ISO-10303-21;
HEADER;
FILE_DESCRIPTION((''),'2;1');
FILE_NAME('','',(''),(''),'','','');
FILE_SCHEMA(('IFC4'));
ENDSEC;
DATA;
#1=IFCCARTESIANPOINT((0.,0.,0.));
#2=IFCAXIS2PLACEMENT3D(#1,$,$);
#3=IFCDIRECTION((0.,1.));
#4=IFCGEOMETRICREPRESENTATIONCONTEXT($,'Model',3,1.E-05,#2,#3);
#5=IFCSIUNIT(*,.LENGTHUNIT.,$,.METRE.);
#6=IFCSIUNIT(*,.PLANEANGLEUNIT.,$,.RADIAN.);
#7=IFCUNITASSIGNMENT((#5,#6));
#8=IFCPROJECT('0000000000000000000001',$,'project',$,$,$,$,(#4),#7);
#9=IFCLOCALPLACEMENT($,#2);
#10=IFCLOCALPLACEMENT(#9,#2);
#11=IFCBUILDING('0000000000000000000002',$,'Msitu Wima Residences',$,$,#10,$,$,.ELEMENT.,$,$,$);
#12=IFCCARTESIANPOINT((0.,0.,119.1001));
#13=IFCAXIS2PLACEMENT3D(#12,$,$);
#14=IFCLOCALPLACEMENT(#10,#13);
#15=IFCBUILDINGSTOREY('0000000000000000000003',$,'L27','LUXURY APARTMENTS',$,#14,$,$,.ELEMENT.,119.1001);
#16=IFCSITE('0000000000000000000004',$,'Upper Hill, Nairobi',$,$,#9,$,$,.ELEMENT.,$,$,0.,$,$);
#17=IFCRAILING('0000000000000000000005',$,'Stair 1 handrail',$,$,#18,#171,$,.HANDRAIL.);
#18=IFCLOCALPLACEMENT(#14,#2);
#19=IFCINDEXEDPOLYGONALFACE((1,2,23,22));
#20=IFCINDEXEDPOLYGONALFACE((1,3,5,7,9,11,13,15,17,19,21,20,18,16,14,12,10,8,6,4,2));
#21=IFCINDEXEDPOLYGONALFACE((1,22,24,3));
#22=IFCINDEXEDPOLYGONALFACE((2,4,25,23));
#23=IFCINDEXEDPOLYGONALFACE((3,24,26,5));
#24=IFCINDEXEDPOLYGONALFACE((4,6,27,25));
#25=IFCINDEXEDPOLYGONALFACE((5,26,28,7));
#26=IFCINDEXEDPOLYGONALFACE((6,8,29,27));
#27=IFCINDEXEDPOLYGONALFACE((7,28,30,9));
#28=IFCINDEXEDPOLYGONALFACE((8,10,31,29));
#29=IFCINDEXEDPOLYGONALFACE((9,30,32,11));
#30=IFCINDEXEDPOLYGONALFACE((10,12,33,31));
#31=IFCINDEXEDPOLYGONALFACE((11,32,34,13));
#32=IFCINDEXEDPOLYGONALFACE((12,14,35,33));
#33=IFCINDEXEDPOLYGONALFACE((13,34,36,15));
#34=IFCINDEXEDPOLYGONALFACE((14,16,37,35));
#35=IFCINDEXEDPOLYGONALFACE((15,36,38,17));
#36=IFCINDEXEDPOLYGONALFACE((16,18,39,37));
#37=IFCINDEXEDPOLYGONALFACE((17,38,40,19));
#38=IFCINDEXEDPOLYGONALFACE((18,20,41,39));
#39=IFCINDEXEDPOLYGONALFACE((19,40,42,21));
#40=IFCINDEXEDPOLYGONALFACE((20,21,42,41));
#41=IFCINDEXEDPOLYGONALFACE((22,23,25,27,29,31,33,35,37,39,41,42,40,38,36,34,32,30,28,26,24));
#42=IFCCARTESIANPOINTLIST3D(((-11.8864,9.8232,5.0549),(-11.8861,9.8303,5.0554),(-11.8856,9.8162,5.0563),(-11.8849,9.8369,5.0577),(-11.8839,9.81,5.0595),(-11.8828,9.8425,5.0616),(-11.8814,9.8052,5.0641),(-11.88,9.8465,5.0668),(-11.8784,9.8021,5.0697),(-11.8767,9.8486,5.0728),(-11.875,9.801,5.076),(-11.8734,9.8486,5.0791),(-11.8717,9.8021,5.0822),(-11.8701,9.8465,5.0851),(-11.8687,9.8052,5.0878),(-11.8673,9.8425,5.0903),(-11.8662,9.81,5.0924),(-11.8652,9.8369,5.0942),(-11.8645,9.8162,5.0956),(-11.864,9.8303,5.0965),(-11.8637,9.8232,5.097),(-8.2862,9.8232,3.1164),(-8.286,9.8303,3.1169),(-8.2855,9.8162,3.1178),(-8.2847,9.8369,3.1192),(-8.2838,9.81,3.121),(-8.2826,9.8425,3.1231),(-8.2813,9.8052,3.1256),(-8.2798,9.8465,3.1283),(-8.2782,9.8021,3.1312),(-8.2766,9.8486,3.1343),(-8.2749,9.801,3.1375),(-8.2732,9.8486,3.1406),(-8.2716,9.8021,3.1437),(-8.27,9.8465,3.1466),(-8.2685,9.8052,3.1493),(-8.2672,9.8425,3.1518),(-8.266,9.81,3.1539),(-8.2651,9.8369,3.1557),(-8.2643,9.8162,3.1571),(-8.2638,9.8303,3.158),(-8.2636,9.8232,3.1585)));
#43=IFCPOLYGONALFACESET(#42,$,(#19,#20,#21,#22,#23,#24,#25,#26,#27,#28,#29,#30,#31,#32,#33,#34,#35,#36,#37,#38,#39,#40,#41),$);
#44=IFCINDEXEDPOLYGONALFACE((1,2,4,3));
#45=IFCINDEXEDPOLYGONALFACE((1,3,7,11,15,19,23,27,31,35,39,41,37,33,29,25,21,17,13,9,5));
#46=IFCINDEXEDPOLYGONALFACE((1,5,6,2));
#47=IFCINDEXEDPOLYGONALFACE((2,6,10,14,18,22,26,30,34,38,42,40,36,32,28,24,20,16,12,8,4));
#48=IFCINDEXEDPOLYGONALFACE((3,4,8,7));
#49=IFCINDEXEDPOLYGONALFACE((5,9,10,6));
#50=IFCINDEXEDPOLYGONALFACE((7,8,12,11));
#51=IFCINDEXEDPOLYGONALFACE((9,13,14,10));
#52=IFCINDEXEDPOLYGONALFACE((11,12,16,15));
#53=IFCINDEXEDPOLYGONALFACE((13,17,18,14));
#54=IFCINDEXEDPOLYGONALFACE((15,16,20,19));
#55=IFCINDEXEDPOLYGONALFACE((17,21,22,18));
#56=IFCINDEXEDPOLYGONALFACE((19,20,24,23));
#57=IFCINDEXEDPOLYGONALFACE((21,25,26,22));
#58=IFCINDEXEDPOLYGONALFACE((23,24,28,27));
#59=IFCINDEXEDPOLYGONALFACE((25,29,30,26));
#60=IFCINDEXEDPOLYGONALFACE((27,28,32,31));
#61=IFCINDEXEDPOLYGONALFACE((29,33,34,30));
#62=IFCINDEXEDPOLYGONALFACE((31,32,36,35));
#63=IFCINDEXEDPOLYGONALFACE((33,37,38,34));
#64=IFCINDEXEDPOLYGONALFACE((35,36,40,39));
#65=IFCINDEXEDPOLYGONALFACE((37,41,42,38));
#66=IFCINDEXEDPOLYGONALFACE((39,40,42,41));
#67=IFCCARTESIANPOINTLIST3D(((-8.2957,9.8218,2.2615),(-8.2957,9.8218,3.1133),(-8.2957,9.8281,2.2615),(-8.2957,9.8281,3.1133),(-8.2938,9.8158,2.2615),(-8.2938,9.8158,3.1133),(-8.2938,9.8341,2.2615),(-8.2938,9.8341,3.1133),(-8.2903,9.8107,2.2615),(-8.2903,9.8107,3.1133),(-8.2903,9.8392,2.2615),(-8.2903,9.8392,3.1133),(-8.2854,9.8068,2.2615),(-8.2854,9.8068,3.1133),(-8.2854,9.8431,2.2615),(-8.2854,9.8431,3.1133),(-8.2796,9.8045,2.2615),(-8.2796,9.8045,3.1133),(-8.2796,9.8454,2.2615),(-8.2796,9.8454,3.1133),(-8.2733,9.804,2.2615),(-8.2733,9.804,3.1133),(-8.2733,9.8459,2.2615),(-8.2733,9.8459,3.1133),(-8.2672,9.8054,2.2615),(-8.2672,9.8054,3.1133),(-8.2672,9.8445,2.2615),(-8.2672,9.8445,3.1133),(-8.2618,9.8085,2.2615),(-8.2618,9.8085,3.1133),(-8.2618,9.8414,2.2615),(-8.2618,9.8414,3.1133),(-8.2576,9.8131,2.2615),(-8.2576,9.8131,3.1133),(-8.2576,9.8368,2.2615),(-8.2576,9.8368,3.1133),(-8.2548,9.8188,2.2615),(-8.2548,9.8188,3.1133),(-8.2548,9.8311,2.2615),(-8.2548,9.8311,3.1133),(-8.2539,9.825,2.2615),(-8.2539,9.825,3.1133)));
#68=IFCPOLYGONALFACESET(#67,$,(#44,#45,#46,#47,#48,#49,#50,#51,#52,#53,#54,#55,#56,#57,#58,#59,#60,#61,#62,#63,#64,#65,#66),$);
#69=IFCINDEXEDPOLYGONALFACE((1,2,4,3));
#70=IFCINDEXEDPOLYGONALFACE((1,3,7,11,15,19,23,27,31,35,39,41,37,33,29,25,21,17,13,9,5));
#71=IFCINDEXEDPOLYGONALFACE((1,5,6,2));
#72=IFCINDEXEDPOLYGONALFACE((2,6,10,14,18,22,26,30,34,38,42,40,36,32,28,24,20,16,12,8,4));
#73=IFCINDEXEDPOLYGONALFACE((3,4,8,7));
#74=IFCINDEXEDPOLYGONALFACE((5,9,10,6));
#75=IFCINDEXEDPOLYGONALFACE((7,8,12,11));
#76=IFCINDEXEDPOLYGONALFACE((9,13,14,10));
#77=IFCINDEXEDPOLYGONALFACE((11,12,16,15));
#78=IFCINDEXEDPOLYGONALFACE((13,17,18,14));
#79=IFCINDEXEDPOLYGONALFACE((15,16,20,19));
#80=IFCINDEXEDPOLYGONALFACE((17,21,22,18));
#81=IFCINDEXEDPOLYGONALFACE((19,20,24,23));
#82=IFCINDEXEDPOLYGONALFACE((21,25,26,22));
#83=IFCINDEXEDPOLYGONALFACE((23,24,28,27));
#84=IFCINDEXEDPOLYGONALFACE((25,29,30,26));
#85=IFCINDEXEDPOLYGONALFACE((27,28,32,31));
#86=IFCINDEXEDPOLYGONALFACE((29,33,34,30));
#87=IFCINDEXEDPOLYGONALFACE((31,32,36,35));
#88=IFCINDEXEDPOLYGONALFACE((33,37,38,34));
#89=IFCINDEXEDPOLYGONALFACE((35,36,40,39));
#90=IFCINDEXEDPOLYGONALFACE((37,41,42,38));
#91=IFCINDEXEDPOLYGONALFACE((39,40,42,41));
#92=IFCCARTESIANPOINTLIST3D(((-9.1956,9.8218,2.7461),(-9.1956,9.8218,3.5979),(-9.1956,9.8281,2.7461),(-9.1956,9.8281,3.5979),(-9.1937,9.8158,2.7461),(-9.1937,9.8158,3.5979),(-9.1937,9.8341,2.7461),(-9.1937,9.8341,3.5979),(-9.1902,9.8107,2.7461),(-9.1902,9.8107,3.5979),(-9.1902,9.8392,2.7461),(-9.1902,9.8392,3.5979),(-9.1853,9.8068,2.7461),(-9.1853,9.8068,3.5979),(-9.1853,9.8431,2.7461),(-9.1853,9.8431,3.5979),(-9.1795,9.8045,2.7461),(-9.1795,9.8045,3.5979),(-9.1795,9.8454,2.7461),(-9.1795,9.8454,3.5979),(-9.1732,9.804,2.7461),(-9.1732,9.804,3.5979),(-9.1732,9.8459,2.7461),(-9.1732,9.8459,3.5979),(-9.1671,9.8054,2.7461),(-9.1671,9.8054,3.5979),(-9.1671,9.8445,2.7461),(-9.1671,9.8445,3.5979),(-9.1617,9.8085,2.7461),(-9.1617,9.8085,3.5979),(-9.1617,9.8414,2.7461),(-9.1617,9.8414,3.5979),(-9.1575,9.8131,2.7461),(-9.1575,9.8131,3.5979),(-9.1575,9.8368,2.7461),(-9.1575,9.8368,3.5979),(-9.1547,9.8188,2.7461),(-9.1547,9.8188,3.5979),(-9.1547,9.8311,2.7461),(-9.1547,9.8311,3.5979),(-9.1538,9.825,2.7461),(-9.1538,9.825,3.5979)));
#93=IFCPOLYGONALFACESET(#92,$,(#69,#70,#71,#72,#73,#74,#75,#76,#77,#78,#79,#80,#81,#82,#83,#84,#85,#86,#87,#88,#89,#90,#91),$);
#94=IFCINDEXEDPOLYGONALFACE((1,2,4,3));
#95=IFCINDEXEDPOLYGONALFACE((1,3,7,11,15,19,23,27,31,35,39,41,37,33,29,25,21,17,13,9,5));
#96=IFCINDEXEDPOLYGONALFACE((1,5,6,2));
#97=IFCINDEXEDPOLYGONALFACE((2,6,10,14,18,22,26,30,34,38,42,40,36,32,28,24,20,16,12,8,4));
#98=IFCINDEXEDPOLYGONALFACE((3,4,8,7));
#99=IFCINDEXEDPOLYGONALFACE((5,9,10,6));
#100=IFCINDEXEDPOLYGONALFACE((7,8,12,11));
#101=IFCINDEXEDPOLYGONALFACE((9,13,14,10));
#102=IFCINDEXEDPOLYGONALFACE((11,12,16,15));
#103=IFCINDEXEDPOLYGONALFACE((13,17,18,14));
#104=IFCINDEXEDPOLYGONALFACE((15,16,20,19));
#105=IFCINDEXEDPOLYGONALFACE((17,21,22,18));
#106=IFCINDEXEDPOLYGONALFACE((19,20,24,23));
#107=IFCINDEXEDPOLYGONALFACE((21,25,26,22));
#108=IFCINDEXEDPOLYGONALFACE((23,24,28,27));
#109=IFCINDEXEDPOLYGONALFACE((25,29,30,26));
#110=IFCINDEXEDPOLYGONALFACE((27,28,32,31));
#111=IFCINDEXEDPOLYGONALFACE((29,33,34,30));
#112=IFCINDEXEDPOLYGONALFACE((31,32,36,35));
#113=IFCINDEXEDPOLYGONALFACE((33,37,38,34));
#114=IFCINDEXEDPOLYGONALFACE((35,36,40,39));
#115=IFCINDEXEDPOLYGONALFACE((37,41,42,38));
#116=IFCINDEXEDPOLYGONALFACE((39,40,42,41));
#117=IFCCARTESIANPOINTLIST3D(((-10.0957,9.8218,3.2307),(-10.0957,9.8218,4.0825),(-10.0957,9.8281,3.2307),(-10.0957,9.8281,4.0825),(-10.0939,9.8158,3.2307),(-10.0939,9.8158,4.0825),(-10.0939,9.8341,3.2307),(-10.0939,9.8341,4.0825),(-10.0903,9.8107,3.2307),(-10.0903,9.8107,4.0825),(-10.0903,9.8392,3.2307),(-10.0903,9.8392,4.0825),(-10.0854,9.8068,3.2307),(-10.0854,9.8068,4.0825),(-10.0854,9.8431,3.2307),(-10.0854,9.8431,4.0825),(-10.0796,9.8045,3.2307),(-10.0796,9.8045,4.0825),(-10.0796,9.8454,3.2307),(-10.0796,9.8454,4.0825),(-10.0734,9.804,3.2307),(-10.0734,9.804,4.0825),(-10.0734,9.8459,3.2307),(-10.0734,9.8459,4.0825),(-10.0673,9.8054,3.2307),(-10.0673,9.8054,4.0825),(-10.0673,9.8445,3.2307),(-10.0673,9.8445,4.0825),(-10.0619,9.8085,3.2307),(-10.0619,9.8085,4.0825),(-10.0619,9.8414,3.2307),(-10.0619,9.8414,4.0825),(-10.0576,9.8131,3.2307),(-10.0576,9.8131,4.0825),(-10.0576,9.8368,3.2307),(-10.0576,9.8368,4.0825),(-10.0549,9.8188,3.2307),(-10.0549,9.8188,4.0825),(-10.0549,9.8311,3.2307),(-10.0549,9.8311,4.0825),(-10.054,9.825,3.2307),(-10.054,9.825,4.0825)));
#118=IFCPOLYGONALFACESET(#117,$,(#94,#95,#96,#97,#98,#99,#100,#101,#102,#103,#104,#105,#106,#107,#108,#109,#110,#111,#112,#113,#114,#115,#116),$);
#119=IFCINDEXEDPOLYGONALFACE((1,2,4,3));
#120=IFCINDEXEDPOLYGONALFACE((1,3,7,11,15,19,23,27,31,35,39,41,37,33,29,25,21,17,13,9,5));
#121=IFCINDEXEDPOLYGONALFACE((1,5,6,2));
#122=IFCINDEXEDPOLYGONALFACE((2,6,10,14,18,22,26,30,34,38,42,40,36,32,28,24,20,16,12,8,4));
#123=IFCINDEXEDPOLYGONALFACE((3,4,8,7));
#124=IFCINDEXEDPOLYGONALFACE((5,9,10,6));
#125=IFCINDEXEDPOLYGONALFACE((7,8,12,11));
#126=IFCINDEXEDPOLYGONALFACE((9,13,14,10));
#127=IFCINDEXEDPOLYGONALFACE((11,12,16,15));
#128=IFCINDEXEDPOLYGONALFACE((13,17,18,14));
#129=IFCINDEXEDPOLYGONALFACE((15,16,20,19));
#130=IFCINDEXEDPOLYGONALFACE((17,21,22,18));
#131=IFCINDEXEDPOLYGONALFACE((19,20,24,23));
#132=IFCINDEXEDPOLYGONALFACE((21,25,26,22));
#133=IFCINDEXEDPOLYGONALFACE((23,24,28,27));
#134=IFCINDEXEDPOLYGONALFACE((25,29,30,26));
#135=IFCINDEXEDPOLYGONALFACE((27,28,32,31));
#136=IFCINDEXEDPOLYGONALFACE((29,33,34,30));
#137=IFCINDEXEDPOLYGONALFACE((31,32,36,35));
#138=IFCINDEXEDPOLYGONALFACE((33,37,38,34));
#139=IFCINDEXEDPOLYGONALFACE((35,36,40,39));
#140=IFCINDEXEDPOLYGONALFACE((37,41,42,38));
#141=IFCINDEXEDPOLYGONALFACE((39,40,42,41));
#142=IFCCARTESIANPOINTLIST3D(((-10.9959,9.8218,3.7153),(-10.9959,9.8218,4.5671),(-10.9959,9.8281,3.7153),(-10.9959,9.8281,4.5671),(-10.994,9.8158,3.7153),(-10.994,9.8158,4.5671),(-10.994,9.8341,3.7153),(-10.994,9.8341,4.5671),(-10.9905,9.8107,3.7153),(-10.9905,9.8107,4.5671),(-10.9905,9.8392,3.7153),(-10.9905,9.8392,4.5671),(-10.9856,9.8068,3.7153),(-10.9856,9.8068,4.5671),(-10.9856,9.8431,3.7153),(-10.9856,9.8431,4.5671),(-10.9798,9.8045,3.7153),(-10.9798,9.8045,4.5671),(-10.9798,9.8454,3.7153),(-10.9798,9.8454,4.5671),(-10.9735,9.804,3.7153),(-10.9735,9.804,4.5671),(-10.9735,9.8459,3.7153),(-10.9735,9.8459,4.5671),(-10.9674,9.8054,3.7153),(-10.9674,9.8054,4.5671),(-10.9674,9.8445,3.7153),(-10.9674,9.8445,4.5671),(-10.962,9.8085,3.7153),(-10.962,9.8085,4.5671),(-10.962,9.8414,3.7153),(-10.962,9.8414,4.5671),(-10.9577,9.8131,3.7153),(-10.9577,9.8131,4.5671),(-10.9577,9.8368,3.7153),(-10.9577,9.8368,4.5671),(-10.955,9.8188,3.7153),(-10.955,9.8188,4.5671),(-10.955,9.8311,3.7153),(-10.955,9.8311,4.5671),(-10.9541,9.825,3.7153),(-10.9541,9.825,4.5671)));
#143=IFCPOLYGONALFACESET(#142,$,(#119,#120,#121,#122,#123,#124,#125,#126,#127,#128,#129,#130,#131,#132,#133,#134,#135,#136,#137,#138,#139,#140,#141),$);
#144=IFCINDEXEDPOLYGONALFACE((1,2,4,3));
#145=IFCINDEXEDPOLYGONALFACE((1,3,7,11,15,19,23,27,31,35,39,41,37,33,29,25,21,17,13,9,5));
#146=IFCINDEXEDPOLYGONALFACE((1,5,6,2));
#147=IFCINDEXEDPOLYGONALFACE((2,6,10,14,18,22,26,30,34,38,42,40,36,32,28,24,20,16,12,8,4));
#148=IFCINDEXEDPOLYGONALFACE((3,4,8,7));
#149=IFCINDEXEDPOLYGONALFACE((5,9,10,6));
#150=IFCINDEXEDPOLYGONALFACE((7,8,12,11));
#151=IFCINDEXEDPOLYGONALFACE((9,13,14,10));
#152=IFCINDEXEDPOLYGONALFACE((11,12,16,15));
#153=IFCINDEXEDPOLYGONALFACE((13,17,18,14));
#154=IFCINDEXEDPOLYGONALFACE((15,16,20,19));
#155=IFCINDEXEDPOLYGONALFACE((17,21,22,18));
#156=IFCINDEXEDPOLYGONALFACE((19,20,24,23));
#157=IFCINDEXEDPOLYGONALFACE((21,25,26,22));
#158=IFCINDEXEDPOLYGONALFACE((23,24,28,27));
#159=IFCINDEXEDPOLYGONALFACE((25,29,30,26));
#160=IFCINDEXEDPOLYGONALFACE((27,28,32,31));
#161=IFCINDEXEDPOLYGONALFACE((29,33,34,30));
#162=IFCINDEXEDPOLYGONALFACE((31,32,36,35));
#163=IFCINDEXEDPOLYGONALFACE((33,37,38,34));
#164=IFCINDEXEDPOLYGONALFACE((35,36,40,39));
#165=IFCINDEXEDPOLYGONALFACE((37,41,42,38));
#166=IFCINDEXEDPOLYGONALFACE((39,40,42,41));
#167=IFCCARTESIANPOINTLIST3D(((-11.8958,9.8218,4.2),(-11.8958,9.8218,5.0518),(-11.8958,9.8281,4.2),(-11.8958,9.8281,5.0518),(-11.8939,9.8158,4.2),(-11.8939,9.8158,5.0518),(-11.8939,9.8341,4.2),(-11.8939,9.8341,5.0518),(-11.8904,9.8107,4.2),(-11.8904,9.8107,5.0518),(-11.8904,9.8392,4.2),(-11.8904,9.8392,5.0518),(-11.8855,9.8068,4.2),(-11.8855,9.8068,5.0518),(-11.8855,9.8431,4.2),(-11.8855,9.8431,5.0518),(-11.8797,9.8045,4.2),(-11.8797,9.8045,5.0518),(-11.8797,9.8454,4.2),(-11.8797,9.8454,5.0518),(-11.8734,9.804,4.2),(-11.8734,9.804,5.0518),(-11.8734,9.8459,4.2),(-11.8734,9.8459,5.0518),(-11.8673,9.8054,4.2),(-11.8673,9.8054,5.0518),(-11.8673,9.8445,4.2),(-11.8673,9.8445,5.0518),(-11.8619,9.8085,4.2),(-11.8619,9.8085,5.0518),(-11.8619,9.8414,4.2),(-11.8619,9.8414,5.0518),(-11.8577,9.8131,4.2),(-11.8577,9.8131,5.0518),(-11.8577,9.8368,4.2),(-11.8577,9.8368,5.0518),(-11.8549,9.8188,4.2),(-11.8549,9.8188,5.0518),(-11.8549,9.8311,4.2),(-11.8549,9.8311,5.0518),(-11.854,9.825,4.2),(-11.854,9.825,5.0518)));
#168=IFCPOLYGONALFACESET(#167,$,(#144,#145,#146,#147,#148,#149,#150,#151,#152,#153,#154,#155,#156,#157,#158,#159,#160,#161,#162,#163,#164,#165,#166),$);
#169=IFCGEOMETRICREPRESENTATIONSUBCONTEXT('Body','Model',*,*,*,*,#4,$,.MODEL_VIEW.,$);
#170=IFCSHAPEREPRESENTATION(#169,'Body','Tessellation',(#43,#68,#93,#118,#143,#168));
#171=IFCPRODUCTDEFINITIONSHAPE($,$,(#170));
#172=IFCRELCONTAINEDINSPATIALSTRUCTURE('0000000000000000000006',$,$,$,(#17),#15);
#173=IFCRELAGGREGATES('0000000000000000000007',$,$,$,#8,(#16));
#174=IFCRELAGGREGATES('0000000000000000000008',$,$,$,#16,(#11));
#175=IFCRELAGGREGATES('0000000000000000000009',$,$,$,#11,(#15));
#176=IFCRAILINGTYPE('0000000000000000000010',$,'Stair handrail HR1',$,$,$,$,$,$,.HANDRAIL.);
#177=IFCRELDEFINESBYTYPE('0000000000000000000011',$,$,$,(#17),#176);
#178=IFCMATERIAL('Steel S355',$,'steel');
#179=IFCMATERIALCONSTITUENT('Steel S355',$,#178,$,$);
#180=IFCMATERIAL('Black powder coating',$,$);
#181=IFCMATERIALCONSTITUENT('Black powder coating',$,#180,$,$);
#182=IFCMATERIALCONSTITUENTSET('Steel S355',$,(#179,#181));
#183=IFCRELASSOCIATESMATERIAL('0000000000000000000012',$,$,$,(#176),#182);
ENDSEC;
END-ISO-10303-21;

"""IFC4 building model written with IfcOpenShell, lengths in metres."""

from ifc_helpers import new_model, si_unit, direction, frame, origin, origin_2d, place, context, subcontext, project, spatial, circle, extrude, material, constituent, constituent_set, type_object, element, save


model = new_model("IFC4")

# Units and contexts
model_context = context("Model", 3, precision=1e-05, world=origin(), true_north=direction((0.0, 1.0)))
body_context = subcontext(model_context, "Body", "Model", "MODEL_VIEW")
ifc_project = project(units=[si_unit("LENGTHUNIT", "METRE"), si_unit("PLANEANGLEUNIT", "RADIAN")], contexts=[model_context])

# Site, building, storey
site_placement = place(None, origin())
site = spatial("IfcSite", under=ifc_project, at=site_placement, Name="Upper Hill, Nairobi", CompositionType="ELEMENT", RefElevation=0.0)
building_placement = place(site_placement, origin())
building = spatial("IfcBuilding", under=site, at=building_placement, Name="Msitu Wima Residences", CompositionType="ELEMENT")
storey_placement = place(building_placement, frame((0.0, 0.0, 119.1001)))
storey = spatial("IfcBuildingStorey", under=building, at=storey_placement, Name="L27", Description="LUXURY APARTMENTS", CompositionType="ELEMENT", Elevation=119.1001)

# Railing
ifc_material_1 = material(Name="Steel S355", Category="steel")
ifc_constituent_1 = constituent(ifc_material_1, Name="Steel S355")
ifc_material_2 = material(Name="Black powder coating")
ifc_constituent_2 = constituent(ifc_material_2, Name="Black powder coating")
ifc_constituent_set = constituent_set(constituents=[ifc_constituent_1, ifc_constituent_2], Name="Steel S355")
railing_type = type_object("IfcRailingType", Name="Stair handrail HR1", PredefinedType="HANDRAIL", material=ifc_constituent_set)
for number, where, name in (
    (1, (-8.2749, 9.825, 2.2615), "Stair 1 handrail"),
):
    element("IfcRailing", number, at=place(storey_placement, frame(where)), inside=storey, type_object=railing_type, Name=name, PredefinedType="HANDRAIL", context=body_context, shape_type="SweptSolid", body=[
        extrude(circle(Radius=0.0239, at=origin_2d()), frame((0.0, 0.0, 0.876), z_axis=(-0.880475, 0.0, 0.474093), x_axis=(0.0, -1.0, 0.0)), (0.0, 0.0, 1.0), 4.0889),
        extrude(circle(Radius=0.021, at=origin_2d()), origin(), (0.0, 0.0, 1.0), 0.8518),
        extrude(circle(Radius=0.021, at=origin_2d()), frame((-0.8999, 0.0, 0.4846)), (0.0, 0.0, 1.0), 0.8518),
        extrude(circle(Radius=0.021, at=origin_2d()), frame((-1.8, 0.0, 0.9692)), (0.0, 0.0, 1.0), 0.8518),
        extrude(circle(Radius=0.021, at=origin_2d()), frame((-2.7002, 0.0, 1.4539)), (0.0, 0.0, 1.0), 0.8518),
        extrude(circle(Radius=0.021, at=origin_2d()), frame((-3.6001, 0.0, 1.9385)), (0.0, 0.0, 1.0), 0.8518),
    ])

save(model, "model.ifc")
